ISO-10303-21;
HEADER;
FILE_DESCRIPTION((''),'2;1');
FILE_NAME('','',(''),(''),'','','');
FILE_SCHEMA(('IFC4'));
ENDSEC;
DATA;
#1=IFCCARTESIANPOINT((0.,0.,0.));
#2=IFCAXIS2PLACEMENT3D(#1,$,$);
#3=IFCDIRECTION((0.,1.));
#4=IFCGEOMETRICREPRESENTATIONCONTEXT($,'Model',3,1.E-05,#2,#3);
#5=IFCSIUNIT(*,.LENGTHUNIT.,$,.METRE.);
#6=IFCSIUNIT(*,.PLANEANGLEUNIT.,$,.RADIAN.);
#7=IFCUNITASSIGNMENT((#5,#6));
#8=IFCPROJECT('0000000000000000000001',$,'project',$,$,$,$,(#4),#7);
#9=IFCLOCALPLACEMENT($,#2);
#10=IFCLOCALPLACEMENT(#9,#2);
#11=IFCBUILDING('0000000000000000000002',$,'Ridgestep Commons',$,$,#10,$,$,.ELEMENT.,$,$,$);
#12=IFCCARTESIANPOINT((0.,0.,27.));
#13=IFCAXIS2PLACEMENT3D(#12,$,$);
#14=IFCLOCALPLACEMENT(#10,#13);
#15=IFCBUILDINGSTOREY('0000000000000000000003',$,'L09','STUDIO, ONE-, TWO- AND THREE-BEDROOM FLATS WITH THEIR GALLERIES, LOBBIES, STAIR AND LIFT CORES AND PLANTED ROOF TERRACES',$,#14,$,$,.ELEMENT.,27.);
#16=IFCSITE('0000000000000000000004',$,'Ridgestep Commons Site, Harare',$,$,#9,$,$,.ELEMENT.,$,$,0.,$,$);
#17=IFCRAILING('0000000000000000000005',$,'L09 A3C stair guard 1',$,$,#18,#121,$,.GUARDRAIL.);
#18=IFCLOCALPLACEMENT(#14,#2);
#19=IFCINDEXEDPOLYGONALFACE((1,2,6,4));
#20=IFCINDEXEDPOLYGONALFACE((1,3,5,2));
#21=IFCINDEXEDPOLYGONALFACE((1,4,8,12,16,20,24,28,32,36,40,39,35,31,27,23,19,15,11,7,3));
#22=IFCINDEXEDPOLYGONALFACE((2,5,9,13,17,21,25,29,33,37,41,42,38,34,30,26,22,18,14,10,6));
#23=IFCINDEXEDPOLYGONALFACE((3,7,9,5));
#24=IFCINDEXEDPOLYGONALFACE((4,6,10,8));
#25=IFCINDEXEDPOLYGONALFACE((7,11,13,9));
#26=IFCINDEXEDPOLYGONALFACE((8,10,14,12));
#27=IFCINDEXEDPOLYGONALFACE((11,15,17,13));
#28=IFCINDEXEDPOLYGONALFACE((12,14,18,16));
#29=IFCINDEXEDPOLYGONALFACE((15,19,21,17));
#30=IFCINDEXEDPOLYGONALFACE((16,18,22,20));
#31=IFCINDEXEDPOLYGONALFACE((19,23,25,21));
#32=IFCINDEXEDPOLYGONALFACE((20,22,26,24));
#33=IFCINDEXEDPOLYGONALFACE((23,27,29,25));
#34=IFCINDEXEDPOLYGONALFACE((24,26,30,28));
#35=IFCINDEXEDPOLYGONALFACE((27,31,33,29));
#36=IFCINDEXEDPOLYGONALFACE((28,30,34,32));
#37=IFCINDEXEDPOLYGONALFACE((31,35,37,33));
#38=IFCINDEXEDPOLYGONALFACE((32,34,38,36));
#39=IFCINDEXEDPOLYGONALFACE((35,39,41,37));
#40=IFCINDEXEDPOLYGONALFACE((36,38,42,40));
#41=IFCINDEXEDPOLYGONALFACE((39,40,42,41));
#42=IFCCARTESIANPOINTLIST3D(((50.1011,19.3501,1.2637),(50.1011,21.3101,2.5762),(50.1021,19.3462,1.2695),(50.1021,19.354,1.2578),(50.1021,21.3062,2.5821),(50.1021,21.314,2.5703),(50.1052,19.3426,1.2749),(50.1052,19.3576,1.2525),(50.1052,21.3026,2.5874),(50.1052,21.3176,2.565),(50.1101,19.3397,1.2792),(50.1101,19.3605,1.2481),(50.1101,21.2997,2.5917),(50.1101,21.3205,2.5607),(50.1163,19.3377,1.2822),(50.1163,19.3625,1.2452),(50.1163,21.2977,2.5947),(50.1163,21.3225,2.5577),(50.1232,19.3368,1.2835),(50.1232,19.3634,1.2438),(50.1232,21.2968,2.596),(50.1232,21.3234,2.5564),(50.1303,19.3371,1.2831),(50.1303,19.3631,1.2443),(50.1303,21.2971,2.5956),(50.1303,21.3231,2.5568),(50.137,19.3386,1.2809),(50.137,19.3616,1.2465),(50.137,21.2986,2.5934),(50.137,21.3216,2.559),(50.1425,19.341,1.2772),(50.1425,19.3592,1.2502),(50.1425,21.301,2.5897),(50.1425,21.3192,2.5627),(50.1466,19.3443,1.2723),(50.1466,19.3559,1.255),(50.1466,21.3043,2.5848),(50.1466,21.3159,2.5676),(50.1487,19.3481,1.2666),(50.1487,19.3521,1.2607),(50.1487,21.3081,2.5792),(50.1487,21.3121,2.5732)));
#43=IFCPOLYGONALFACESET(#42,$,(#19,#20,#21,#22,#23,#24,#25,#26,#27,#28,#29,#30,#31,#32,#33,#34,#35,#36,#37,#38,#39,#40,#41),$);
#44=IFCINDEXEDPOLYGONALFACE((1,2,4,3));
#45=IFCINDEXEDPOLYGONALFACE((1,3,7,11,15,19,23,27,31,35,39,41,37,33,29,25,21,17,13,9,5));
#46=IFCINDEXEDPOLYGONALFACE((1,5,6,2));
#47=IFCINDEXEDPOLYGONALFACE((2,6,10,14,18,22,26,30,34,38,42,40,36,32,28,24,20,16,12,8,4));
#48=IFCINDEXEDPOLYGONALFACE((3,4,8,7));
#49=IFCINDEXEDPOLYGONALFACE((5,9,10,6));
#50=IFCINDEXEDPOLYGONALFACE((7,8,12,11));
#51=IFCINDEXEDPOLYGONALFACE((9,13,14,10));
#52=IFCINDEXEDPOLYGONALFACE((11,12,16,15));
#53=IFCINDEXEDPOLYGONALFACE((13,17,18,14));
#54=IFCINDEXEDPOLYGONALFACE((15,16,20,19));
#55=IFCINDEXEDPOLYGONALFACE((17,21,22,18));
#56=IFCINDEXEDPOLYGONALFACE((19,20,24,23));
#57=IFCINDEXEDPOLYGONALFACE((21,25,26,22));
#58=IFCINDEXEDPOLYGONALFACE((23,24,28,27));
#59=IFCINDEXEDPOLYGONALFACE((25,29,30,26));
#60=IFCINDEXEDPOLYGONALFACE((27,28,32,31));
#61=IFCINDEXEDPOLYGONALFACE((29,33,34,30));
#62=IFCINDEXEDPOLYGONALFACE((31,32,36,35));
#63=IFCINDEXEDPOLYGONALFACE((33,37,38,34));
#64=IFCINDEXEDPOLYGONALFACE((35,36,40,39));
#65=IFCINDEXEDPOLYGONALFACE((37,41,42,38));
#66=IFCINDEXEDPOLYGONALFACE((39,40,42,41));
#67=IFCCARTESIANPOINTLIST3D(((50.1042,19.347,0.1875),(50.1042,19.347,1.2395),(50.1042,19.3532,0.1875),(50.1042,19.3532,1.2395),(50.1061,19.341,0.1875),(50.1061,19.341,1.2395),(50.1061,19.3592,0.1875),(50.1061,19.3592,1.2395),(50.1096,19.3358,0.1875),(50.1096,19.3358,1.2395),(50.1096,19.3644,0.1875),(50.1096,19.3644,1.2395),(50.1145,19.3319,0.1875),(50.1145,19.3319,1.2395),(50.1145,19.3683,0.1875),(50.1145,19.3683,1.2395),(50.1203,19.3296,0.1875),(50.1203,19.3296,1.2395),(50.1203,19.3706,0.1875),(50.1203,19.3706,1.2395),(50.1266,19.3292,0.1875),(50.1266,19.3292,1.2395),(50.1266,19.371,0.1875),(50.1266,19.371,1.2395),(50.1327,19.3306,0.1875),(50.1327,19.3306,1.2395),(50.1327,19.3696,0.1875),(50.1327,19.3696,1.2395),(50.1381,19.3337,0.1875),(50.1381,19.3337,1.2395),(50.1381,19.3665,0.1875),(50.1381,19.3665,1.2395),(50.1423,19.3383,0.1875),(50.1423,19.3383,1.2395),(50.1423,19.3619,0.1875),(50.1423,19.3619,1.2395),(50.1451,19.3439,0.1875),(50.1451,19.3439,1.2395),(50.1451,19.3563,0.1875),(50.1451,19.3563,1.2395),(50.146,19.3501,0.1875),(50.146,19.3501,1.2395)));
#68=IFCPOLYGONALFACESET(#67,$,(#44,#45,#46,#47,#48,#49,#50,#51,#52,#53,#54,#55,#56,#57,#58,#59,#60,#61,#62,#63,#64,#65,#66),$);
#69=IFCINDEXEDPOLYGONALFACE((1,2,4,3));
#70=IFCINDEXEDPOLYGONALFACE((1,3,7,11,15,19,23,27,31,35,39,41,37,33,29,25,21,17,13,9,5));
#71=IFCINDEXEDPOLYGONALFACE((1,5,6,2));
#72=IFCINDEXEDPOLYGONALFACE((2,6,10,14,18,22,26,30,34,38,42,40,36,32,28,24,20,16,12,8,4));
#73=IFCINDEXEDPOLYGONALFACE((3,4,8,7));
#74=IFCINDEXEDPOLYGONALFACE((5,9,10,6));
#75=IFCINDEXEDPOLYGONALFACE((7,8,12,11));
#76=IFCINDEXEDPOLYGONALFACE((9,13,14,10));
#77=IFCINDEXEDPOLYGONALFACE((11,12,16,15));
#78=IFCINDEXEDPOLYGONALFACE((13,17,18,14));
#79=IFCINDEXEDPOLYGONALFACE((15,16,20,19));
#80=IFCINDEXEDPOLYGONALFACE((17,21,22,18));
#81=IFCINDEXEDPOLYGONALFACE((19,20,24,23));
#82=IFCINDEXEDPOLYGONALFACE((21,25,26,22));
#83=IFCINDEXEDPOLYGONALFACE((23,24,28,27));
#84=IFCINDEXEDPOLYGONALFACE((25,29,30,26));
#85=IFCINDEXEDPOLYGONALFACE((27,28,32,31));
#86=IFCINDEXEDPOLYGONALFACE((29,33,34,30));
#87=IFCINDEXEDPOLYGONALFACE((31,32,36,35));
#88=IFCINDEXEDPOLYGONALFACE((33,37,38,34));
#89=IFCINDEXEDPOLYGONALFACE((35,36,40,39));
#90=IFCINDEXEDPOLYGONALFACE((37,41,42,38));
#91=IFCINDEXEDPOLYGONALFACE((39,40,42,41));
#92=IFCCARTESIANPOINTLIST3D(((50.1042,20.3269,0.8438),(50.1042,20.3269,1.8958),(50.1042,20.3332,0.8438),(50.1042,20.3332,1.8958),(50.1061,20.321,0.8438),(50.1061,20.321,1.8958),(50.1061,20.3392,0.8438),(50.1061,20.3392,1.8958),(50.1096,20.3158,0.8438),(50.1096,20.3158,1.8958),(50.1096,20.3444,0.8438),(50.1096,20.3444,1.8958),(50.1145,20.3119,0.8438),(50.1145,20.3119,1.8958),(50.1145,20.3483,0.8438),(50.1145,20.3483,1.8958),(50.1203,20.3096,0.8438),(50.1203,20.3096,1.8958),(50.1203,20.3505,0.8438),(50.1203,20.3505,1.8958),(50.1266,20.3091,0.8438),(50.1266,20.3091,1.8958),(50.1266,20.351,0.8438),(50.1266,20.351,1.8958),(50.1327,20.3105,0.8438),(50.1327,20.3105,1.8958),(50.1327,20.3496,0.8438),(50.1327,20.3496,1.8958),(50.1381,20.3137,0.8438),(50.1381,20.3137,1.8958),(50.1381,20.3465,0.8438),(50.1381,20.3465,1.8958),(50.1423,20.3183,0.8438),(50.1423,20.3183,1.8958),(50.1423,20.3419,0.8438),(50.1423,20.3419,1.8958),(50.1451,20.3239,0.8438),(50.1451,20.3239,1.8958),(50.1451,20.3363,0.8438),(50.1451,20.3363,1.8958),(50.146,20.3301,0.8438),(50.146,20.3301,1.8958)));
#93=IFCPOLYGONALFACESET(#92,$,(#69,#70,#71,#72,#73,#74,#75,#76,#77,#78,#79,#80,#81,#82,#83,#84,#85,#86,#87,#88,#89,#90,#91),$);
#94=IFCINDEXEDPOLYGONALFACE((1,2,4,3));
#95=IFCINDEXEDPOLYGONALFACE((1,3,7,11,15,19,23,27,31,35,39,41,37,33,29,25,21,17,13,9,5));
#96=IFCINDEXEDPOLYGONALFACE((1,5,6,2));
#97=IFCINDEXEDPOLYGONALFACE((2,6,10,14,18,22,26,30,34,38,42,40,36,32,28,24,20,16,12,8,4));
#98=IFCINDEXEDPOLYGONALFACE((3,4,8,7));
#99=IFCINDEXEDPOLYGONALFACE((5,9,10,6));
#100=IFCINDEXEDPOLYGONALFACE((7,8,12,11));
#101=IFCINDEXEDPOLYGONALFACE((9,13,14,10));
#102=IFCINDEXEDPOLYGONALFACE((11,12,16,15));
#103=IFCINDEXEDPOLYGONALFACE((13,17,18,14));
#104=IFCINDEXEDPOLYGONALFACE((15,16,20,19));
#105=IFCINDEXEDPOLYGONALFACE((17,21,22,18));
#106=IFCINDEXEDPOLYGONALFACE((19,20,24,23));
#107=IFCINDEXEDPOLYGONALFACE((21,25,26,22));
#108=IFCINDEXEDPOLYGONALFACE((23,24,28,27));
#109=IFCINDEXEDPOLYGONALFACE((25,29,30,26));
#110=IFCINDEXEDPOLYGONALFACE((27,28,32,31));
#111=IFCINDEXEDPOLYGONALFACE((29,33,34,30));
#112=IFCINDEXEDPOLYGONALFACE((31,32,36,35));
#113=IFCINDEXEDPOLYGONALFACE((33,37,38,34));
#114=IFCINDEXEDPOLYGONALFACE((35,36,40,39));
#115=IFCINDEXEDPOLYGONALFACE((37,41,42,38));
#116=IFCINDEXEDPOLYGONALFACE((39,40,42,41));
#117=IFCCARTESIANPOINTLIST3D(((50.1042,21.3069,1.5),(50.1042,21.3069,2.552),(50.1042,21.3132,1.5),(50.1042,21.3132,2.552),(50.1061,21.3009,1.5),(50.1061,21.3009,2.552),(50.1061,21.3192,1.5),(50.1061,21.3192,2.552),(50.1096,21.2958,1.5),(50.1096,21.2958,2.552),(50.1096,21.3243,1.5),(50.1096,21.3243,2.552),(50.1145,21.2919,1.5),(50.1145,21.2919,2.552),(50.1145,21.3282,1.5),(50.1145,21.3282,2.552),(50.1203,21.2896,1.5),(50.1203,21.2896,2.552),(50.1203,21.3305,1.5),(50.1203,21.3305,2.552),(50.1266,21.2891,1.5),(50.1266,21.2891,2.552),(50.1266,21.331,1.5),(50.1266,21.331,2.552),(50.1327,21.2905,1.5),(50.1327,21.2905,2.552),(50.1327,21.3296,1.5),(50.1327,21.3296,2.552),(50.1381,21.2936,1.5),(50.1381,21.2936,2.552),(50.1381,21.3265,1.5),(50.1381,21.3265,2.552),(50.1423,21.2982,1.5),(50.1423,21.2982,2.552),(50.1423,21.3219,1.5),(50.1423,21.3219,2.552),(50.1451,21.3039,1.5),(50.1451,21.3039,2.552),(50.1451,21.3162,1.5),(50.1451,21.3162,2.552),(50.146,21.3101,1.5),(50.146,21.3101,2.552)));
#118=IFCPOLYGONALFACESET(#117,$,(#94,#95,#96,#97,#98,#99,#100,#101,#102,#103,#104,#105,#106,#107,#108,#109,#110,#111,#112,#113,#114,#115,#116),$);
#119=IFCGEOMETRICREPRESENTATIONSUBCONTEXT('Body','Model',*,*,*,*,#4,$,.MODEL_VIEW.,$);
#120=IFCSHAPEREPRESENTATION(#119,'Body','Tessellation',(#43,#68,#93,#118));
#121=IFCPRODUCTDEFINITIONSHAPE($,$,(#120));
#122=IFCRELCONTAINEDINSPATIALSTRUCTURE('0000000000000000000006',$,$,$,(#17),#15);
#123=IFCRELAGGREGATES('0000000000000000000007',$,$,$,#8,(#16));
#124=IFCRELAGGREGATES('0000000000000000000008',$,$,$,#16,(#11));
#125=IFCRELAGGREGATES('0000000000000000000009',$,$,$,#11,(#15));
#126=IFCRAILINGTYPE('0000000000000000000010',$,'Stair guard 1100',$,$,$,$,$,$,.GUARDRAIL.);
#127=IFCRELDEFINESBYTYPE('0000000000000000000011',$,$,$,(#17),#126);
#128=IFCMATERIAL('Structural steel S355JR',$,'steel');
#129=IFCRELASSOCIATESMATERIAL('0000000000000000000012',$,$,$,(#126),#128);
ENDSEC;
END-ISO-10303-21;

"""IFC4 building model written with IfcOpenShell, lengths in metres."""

from ifc_helpers import new_model, si_unit, direction, frame, origin, origin_2d, place, context, subcontext, project, spatial, circle, extrude, material, type_object, element, save


model = new_model("IFC4")

# Units and contexts
model_context = context("Model", 3, precision=1e-05, world=origin(), true_north=direction((0.0, 1.0)))
body_context = subcontext(model_context, "Body", "Model", "MODEL_VIEW")
ifc_project = project(units=[si_unit("LENGTHUNIT", "METRE"), si_unit("PLANEANGLEUNIT", "RADIAN")], contexts=[model_context])

# Site, building, storey
site_placement = place(None, origin())
site = spatial("IfcSite", under=ifc_project, at=site_placement, Name="Ridgestep Commons Site, Harare", CompositionType="ELEMENT", RefElevation=0.0)
building_placement = place(site_placement, origin())
building = spatial("IfcBuilding", under=site, at=building_placement, Name="Ridgestep Commons", CompositionType="ELEMENT")
storey_placement = place(building_placement, frame((0.0, 0.0, 27.0)))
storey = spatial("IfcBuildingStorey", under=building, at=storey_placement, Name="L09", Description="STUDIO, ONE-, TWO- AND THREE-BEDROOM FLATS WITH THEIR GALLERIES, LOBBIES, STAIR AND LIFT CORES AND PLANTED ROOF TERRACES", CompositionType="ELEMENT", Elevation=27.0)

# Railing
ifc_material_1 = material(Name="Structural steel S355JR", Category="steel")
railing_type_1 = type_object("IfcRailingType", Name="Stair guard 1100", PredefinedType="GUARDRAIL", material=ifc_material_1)
railing_1_placement = place(storey_placement, frame((50.125, 19.3501, 0.1875)))
element("IfcRailing", 1, at=railing_1_placement, inside=storey, type_object=railing_type_1, Name="L09 A3C stair guard 1", PredefinedType="GUARDRAIL", context=body_context, shape_type="SweptSolid", body=[
    extrude(circle(Radius=0.0239, at=origin_2d()), frame((0.0, 0.0, 1.0762), z_axis=(0.0, 0.830902, 0.556419), x_axis=(-1.0, 0.0, 0.0)), (0.0, 0.0, 1.0), 2.3589),
    extrude(circle(Radius=0.021, at=origin_2d()), origin(), (0.0, 0.0, 1.0), 1.052),
    extrude(circle(Radius=0.021, at=origin_2d()), frame((0.0, 0.98, 0.6562)), (0.0, 0.0, 1.0), 1.052),
    extrude(circle(Radius=0.021, at=origin_2d()), frame((0.0, 1.96, 1.3125)), (0.0, 0.0, 1.0), 1.052),
])

save(model, "model.ifc")
